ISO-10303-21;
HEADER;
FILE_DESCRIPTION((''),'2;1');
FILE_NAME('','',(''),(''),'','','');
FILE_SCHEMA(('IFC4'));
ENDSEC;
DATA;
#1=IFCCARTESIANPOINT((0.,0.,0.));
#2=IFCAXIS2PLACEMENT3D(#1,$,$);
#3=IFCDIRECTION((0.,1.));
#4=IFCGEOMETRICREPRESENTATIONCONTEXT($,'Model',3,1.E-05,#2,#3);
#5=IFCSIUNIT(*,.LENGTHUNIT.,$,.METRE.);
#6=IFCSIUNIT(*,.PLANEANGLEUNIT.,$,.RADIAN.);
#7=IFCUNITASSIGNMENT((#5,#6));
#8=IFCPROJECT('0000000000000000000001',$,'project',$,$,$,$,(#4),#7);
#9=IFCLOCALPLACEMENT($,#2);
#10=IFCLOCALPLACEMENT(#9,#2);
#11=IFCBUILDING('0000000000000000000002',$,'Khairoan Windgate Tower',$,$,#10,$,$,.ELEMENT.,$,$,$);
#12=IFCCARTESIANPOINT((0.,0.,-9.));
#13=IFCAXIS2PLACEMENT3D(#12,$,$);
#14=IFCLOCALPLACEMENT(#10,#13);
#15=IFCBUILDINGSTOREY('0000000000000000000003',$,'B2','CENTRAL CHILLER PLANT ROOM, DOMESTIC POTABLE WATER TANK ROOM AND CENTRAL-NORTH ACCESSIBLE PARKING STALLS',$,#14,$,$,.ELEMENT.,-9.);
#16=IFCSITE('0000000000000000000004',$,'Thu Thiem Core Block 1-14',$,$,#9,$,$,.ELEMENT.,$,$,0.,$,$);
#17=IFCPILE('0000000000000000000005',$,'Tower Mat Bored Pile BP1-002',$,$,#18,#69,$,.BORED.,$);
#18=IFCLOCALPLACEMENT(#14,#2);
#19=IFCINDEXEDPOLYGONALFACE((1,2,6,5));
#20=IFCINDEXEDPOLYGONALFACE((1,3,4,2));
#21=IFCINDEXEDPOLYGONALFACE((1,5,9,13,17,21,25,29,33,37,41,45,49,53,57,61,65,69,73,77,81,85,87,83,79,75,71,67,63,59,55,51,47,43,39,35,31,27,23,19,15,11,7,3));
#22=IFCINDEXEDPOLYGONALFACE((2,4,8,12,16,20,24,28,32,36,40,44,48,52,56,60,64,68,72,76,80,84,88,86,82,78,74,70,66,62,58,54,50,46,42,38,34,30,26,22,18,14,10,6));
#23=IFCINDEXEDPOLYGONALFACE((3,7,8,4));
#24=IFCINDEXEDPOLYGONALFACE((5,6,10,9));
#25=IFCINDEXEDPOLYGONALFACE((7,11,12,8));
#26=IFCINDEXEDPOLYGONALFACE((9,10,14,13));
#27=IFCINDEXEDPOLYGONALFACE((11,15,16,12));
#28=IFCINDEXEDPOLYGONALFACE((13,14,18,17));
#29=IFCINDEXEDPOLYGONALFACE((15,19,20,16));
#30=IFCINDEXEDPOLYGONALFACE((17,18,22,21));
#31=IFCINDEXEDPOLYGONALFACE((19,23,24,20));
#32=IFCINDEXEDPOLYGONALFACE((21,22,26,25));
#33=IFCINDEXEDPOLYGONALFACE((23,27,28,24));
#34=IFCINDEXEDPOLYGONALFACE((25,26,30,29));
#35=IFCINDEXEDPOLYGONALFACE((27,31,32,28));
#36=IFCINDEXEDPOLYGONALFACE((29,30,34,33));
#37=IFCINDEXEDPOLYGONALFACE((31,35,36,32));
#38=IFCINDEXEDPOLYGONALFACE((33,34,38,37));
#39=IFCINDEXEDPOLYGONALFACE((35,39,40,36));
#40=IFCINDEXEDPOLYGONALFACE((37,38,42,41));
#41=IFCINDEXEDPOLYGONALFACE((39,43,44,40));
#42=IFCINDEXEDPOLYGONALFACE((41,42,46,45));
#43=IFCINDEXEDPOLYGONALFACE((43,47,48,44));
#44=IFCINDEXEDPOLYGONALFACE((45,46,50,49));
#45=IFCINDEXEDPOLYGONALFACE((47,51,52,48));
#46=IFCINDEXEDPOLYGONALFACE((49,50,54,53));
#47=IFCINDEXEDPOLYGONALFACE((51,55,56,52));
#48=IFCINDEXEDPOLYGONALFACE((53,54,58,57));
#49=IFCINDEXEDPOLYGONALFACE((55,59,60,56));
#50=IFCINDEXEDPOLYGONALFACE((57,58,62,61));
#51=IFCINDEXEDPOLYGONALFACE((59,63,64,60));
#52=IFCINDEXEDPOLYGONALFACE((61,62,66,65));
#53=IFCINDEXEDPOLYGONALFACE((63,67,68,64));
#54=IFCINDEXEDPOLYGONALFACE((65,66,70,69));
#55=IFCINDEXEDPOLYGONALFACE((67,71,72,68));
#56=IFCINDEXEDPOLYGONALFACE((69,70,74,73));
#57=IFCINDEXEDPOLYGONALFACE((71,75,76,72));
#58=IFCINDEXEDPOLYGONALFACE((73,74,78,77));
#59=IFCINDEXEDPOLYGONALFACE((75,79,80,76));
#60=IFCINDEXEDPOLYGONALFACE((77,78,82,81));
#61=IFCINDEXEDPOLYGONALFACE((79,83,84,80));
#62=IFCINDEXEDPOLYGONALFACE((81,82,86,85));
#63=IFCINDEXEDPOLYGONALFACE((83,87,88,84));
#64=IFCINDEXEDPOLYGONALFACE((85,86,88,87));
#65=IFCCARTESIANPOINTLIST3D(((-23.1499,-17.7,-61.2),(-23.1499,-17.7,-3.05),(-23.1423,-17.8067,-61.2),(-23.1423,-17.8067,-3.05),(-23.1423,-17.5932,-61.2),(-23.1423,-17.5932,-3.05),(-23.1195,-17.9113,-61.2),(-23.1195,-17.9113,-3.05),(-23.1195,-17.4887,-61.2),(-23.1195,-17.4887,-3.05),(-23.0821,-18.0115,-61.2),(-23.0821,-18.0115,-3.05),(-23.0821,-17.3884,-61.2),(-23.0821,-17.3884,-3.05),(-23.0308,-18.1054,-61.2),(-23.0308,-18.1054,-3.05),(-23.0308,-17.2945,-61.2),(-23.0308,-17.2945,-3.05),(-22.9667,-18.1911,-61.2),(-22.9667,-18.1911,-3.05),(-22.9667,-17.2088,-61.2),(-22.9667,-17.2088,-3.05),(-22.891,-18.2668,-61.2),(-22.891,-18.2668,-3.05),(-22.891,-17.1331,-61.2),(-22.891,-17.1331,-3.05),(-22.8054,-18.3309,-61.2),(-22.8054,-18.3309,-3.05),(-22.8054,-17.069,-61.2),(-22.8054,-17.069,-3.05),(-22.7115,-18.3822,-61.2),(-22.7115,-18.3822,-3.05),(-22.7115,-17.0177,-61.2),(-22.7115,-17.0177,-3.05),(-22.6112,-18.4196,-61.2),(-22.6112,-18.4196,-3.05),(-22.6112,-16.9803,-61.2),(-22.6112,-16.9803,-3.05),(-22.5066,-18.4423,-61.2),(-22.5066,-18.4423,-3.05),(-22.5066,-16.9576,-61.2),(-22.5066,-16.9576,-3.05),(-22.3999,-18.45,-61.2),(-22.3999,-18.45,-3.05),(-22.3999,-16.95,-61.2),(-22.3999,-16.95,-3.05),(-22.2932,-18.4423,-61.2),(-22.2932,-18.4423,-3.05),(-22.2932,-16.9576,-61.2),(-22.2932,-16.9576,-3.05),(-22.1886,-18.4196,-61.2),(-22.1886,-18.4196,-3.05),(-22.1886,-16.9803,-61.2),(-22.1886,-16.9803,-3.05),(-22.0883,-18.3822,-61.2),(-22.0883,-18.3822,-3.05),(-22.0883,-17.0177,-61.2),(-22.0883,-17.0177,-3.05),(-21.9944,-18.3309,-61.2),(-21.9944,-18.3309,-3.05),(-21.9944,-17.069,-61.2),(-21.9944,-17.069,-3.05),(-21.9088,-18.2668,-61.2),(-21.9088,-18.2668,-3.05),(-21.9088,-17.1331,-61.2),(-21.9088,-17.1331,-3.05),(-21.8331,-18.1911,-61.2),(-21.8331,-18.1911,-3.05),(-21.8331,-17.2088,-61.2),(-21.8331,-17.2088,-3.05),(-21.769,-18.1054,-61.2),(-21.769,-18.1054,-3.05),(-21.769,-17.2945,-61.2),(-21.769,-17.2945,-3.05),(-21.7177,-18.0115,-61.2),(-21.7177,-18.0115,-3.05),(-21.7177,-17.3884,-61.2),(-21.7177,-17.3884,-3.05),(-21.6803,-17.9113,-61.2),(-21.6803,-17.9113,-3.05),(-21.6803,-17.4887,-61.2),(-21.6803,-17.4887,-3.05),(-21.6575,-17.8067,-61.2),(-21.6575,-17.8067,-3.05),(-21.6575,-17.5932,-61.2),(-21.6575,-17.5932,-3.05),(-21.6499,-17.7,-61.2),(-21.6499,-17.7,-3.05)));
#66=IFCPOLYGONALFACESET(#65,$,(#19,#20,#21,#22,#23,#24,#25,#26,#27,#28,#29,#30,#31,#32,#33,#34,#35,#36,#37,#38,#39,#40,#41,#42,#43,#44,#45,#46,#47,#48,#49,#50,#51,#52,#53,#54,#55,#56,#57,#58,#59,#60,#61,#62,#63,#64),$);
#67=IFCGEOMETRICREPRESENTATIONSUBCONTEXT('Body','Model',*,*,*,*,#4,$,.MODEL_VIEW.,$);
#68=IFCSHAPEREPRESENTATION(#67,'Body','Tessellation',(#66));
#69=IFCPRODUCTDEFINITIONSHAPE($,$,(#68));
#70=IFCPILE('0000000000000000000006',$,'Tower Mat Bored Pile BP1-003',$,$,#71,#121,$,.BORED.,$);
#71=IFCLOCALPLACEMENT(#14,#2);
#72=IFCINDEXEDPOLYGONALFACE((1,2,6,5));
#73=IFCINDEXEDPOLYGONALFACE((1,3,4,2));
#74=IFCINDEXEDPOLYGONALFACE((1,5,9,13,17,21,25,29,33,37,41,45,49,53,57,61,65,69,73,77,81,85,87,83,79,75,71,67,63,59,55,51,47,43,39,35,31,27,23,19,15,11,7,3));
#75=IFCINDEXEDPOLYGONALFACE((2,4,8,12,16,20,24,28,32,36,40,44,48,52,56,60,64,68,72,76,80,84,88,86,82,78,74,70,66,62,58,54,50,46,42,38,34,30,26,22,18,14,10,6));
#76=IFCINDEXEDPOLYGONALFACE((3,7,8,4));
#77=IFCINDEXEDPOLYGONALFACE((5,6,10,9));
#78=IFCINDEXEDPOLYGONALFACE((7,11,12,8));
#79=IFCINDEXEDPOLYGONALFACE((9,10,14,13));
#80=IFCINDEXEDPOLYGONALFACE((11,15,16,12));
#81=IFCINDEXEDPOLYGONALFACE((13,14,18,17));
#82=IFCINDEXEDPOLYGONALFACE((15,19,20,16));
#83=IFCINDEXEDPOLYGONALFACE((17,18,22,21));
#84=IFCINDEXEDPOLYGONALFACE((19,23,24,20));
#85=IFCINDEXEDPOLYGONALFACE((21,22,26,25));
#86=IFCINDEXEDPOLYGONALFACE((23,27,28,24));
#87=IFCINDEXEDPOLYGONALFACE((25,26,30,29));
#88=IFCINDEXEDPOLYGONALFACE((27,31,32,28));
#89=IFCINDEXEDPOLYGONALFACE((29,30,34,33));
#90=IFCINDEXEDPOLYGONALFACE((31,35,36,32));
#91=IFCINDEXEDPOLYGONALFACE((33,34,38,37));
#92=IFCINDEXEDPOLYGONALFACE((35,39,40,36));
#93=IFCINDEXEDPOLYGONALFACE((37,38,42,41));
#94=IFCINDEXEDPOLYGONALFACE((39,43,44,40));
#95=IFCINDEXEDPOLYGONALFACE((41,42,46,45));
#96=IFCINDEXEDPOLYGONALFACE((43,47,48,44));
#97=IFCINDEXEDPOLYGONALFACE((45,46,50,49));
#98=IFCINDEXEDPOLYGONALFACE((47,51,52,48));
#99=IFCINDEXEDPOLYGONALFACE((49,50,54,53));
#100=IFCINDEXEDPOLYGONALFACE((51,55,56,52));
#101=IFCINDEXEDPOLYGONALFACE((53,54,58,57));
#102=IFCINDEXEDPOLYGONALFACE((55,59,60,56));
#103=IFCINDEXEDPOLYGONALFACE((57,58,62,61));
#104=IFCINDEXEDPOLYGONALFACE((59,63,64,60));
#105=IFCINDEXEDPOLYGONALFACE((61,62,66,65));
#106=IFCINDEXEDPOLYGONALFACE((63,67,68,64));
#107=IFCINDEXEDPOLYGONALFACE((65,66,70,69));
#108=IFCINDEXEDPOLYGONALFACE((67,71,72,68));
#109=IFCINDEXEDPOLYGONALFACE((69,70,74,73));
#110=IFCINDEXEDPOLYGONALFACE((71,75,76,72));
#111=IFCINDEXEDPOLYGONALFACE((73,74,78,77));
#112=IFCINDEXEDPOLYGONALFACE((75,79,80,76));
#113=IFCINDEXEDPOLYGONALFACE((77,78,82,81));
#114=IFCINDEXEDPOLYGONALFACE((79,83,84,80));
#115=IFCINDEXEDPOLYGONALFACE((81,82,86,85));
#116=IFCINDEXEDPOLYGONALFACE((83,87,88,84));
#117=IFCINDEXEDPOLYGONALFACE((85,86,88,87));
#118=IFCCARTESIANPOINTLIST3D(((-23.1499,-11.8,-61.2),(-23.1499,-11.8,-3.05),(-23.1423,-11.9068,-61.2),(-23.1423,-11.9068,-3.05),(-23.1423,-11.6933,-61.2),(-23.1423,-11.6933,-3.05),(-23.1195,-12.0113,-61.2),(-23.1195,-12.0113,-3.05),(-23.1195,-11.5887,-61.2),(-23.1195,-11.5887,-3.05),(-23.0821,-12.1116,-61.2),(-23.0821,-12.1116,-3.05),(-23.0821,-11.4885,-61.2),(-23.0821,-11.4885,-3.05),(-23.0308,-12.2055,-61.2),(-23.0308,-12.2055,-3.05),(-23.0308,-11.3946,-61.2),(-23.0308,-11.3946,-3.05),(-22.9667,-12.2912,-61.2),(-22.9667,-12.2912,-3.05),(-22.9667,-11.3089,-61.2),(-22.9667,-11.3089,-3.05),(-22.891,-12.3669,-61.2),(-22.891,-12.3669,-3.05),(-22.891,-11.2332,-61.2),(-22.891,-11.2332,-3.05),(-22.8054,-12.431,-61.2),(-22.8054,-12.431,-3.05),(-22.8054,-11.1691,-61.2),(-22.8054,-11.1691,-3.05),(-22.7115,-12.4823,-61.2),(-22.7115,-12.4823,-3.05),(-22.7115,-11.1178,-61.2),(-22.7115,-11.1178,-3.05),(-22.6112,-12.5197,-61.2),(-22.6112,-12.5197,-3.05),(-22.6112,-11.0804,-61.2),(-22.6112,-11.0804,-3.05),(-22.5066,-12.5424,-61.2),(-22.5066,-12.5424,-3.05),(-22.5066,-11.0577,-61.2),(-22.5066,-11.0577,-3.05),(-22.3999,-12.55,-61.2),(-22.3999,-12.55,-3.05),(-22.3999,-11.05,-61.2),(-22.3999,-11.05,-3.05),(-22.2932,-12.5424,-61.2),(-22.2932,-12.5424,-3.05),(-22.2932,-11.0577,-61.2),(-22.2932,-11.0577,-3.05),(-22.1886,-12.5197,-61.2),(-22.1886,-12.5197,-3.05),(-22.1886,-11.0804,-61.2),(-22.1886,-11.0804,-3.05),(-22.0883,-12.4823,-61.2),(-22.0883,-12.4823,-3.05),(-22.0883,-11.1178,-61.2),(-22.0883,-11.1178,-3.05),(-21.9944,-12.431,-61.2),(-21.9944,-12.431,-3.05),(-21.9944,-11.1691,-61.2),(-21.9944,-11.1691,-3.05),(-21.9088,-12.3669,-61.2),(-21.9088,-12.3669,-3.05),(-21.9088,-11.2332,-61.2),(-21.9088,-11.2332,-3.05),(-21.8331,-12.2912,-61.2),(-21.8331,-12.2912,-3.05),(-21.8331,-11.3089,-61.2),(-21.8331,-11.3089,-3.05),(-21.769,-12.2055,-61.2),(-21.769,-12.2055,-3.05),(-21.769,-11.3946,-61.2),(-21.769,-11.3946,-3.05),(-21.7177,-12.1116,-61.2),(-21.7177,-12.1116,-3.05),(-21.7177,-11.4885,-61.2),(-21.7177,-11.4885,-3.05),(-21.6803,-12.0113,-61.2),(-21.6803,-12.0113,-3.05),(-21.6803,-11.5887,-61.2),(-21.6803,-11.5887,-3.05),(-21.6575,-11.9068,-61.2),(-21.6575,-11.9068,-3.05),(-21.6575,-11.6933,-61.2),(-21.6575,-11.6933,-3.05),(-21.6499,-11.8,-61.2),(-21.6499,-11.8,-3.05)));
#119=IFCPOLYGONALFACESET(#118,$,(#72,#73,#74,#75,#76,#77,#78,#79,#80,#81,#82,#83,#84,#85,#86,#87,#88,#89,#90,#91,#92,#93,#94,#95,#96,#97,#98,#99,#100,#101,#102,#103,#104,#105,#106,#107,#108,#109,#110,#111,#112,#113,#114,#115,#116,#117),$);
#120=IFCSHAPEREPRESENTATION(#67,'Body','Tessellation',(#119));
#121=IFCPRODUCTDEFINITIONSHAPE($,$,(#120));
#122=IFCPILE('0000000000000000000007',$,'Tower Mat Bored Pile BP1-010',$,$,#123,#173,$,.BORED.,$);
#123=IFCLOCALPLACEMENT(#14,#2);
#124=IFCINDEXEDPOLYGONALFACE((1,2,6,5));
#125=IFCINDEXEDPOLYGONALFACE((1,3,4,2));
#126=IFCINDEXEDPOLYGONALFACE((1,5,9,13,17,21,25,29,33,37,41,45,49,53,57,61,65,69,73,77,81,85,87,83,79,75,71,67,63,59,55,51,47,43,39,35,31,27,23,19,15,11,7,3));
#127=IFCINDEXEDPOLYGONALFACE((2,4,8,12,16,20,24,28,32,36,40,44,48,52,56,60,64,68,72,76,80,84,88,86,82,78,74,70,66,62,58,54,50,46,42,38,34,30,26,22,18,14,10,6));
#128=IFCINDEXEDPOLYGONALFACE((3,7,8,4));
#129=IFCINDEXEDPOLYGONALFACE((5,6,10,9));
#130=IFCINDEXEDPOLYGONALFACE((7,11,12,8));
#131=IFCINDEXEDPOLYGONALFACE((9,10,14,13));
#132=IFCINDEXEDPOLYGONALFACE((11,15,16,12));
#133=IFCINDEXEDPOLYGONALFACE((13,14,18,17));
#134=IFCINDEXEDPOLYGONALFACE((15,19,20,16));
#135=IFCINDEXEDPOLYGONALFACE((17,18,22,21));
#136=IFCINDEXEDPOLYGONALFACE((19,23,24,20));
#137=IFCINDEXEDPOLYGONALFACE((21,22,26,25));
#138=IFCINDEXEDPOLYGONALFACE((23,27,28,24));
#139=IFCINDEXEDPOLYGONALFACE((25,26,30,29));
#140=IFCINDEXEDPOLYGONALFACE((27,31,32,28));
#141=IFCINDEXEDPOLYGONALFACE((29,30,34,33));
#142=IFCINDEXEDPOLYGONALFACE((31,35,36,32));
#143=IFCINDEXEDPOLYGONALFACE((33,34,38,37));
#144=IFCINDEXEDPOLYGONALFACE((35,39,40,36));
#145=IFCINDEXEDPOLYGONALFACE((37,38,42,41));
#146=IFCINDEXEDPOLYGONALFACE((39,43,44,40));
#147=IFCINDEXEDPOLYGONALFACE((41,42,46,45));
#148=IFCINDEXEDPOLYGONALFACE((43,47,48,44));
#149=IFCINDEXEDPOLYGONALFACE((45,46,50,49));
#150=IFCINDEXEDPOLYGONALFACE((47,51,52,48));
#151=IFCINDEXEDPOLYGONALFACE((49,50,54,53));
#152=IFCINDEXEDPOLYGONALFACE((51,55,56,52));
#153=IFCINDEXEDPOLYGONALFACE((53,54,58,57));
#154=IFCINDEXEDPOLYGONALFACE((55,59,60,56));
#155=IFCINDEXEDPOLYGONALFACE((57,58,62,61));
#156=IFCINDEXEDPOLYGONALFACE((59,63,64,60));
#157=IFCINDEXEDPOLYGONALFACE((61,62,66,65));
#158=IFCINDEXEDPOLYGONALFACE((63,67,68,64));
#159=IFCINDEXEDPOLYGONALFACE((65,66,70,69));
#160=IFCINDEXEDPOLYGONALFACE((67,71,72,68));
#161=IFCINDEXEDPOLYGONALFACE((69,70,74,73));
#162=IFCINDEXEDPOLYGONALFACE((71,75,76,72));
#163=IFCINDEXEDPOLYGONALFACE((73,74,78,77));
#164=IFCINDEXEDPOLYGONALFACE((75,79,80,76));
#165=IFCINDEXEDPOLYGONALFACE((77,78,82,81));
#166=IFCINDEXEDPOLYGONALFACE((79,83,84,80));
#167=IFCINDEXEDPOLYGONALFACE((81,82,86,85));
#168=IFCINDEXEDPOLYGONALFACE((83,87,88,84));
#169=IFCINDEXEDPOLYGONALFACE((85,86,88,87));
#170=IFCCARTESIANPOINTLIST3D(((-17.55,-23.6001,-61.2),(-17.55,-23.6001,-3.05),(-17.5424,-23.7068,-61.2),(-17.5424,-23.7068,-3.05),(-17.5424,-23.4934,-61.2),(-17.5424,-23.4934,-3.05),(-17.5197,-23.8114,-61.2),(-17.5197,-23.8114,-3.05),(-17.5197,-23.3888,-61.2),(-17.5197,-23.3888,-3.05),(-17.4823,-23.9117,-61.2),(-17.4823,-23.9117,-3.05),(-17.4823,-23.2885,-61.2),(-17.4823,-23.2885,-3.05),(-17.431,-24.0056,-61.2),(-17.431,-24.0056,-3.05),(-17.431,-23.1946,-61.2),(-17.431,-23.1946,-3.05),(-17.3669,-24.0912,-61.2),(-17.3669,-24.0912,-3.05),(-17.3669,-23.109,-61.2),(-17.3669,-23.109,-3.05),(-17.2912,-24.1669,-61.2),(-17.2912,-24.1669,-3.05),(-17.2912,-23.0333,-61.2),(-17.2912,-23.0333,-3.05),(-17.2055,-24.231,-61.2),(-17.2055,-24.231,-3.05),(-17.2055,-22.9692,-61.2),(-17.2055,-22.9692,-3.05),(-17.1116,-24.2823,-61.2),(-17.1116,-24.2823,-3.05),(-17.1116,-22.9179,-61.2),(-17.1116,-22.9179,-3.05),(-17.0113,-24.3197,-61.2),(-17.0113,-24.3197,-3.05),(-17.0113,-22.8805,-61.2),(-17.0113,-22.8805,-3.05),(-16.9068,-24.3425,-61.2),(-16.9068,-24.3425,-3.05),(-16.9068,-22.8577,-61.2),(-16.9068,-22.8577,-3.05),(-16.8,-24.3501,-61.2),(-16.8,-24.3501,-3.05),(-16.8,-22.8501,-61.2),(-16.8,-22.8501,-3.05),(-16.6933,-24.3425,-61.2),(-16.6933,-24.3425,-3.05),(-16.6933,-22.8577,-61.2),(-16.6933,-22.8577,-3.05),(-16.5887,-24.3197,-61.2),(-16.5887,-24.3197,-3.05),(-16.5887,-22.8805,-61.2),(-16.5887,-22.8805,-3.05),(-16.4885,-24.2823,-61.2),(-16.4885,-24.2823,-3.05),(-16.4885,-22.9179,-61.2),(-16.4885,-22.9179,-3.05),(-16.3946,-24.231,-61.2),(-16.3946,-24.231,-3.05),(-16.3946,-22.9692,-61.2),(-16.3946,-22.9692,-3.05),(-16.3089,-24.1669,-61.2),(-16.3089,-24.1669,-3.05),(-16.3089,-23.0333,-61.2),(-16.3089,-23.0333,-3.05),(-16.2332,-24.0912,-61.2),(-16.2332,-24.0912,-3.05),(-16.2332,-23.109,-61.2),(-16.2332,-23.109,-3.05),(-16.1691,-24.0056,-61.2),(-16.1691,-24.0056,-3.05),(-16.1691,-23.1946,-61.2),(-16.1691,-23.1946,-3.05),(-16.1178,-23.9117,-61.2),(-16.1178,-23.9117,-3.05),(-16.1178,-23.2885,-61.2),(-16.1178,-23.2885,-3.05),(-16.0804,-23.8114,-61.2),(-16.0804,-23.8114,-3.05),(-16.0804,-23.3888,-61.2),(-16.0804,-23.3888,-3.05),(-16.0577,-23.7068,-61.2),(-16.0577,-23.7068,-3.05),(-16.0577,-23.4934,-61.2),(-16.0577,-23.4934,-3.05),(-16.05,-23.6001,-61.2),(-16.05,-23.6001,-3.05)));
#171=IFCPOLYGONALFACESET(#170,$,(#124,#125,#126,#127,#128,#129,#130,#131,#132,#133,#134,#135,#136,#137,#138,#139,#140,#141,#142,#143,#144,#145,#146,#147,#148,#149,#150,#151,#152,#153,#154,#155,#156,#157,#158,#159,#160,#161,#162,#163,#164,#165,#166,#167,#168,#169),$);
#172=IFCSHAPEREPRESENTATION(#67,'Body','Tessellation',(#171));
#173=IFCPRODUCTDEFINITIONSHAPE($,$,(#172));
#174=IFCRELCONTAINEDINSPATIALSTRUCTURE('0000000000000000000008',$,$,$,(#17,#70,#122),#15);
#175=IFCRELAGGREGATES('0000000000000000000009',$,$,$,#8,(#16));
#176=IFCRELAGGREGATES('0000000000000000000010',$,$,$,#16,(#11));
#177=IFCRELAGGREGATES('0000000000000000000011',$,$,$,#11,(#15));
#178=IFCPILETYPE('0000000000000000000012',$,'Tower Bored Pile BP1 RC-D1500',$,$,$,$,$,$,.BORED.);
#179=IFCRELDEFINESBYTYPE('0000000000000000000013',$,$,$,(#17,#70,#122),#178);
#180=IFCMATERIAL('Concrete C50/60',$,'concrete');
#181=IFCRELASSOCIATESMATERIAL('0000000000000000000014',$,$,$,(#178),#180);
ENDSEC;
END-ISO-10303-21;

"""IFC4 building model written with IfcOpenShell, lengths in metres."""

from ifc_helpers import new_model, si_unit, direction, frame, origin, origin_2d, place, context, subcontext, project, spatial, circle, extrude, material, material_profile, profile_set, type_object, element, save


model = new_model("IFC4")

# Units and contexts
model_context = context("Model", 3, precision=1e-05, world=origin(), true_north=direction((0.0, 1.0)))
body_context = subcontext(model_context, "Body", "Model", "MODEL_VIEW")
ifc_project = project(units=[si_unit("LENGTHUNIT", "METRE"), si_unit("PLANEANGLEUNIT", "RADIAN")], contexts=[model_context])

# Site, building, storey
site_placement = place(None, origin())
site = spatial("IfcSite", under=ifc_project, at=site_placement, Name="Thu Thiem Core Block 1-14", CompositionType="ELEMENT", RefElevation=0.0)
building_placement = place(site_placement, origin())
building = spatial("IfcBuilding", under=site, at=building_placement, Name="Khairoan Windgate Tower", CompositionType="ELEMENT")
storey_placement = place(building_placement, frame((0.0, 0.0, -9.0)))
storey = spatial("IfcBuildingStorey", under=building, at=storey_placement, Name="B2", Description="CENTRAL CHILLER PLANT ROOM, DOMESTIC POTABLE WATER TANK ROOM AND CENTRAL-NORTH ACCESSIBLE PARKING STALLS", CompositionType="ELEMENT", Elevation=-9.0)

# Piles
ifc_material_1 = material(Name="Concrete C50/60", Category="concrete")
ifc_material_profile_1 = material_profile(ifc_material_1, circle(Radius=0.75, at=origin_2d()))
ifc_profile_set_1 = profile_set([ifc_material_profile_1], Name="Concrete C50/60")
pile_type = type_object("IfcPileType", Name="Tower Bored Pile BP1 RC-D1500", PredefinedType="BORED", material=ifc_profile_set_1)
for number, where, z_axis, x_axis, name in (
    (1, (-22.3999, -17.7, -3.05), (0.0, 0.0, -1.0), (1.0, 0.0, 0.0), "Tower Mat Bored Pile BP1-002"),
    (2, (-22.3999, -11.8, -3.05), (0.0, 0.0, -1.0), (1.0, 0.0, 0.0), "Tower Mat Bored Pile BP1-003"),
    (3, (-16.8, -23.6001, -3.05), (0.0, 0.0, -1.0), (1.0, 0.0, 0.0), "Tower Mat Bored Pile BP1-010"),
):
    element("IfcPile", number, at=place(storey_placement, frame(where, z_axis=z_axis, x_axis=x_axis)), inside=storey, type_object=pile_type, Name=name, PredefinedType="BORED", context=body_context, shape_type="SweptSolid", body=[
        extrude(circle(Radius=0.75, at=origin_2d()), origin(), (0.0, 0.0, 1.0), 58.1499),
    ])

save(model, "model.ifc")
